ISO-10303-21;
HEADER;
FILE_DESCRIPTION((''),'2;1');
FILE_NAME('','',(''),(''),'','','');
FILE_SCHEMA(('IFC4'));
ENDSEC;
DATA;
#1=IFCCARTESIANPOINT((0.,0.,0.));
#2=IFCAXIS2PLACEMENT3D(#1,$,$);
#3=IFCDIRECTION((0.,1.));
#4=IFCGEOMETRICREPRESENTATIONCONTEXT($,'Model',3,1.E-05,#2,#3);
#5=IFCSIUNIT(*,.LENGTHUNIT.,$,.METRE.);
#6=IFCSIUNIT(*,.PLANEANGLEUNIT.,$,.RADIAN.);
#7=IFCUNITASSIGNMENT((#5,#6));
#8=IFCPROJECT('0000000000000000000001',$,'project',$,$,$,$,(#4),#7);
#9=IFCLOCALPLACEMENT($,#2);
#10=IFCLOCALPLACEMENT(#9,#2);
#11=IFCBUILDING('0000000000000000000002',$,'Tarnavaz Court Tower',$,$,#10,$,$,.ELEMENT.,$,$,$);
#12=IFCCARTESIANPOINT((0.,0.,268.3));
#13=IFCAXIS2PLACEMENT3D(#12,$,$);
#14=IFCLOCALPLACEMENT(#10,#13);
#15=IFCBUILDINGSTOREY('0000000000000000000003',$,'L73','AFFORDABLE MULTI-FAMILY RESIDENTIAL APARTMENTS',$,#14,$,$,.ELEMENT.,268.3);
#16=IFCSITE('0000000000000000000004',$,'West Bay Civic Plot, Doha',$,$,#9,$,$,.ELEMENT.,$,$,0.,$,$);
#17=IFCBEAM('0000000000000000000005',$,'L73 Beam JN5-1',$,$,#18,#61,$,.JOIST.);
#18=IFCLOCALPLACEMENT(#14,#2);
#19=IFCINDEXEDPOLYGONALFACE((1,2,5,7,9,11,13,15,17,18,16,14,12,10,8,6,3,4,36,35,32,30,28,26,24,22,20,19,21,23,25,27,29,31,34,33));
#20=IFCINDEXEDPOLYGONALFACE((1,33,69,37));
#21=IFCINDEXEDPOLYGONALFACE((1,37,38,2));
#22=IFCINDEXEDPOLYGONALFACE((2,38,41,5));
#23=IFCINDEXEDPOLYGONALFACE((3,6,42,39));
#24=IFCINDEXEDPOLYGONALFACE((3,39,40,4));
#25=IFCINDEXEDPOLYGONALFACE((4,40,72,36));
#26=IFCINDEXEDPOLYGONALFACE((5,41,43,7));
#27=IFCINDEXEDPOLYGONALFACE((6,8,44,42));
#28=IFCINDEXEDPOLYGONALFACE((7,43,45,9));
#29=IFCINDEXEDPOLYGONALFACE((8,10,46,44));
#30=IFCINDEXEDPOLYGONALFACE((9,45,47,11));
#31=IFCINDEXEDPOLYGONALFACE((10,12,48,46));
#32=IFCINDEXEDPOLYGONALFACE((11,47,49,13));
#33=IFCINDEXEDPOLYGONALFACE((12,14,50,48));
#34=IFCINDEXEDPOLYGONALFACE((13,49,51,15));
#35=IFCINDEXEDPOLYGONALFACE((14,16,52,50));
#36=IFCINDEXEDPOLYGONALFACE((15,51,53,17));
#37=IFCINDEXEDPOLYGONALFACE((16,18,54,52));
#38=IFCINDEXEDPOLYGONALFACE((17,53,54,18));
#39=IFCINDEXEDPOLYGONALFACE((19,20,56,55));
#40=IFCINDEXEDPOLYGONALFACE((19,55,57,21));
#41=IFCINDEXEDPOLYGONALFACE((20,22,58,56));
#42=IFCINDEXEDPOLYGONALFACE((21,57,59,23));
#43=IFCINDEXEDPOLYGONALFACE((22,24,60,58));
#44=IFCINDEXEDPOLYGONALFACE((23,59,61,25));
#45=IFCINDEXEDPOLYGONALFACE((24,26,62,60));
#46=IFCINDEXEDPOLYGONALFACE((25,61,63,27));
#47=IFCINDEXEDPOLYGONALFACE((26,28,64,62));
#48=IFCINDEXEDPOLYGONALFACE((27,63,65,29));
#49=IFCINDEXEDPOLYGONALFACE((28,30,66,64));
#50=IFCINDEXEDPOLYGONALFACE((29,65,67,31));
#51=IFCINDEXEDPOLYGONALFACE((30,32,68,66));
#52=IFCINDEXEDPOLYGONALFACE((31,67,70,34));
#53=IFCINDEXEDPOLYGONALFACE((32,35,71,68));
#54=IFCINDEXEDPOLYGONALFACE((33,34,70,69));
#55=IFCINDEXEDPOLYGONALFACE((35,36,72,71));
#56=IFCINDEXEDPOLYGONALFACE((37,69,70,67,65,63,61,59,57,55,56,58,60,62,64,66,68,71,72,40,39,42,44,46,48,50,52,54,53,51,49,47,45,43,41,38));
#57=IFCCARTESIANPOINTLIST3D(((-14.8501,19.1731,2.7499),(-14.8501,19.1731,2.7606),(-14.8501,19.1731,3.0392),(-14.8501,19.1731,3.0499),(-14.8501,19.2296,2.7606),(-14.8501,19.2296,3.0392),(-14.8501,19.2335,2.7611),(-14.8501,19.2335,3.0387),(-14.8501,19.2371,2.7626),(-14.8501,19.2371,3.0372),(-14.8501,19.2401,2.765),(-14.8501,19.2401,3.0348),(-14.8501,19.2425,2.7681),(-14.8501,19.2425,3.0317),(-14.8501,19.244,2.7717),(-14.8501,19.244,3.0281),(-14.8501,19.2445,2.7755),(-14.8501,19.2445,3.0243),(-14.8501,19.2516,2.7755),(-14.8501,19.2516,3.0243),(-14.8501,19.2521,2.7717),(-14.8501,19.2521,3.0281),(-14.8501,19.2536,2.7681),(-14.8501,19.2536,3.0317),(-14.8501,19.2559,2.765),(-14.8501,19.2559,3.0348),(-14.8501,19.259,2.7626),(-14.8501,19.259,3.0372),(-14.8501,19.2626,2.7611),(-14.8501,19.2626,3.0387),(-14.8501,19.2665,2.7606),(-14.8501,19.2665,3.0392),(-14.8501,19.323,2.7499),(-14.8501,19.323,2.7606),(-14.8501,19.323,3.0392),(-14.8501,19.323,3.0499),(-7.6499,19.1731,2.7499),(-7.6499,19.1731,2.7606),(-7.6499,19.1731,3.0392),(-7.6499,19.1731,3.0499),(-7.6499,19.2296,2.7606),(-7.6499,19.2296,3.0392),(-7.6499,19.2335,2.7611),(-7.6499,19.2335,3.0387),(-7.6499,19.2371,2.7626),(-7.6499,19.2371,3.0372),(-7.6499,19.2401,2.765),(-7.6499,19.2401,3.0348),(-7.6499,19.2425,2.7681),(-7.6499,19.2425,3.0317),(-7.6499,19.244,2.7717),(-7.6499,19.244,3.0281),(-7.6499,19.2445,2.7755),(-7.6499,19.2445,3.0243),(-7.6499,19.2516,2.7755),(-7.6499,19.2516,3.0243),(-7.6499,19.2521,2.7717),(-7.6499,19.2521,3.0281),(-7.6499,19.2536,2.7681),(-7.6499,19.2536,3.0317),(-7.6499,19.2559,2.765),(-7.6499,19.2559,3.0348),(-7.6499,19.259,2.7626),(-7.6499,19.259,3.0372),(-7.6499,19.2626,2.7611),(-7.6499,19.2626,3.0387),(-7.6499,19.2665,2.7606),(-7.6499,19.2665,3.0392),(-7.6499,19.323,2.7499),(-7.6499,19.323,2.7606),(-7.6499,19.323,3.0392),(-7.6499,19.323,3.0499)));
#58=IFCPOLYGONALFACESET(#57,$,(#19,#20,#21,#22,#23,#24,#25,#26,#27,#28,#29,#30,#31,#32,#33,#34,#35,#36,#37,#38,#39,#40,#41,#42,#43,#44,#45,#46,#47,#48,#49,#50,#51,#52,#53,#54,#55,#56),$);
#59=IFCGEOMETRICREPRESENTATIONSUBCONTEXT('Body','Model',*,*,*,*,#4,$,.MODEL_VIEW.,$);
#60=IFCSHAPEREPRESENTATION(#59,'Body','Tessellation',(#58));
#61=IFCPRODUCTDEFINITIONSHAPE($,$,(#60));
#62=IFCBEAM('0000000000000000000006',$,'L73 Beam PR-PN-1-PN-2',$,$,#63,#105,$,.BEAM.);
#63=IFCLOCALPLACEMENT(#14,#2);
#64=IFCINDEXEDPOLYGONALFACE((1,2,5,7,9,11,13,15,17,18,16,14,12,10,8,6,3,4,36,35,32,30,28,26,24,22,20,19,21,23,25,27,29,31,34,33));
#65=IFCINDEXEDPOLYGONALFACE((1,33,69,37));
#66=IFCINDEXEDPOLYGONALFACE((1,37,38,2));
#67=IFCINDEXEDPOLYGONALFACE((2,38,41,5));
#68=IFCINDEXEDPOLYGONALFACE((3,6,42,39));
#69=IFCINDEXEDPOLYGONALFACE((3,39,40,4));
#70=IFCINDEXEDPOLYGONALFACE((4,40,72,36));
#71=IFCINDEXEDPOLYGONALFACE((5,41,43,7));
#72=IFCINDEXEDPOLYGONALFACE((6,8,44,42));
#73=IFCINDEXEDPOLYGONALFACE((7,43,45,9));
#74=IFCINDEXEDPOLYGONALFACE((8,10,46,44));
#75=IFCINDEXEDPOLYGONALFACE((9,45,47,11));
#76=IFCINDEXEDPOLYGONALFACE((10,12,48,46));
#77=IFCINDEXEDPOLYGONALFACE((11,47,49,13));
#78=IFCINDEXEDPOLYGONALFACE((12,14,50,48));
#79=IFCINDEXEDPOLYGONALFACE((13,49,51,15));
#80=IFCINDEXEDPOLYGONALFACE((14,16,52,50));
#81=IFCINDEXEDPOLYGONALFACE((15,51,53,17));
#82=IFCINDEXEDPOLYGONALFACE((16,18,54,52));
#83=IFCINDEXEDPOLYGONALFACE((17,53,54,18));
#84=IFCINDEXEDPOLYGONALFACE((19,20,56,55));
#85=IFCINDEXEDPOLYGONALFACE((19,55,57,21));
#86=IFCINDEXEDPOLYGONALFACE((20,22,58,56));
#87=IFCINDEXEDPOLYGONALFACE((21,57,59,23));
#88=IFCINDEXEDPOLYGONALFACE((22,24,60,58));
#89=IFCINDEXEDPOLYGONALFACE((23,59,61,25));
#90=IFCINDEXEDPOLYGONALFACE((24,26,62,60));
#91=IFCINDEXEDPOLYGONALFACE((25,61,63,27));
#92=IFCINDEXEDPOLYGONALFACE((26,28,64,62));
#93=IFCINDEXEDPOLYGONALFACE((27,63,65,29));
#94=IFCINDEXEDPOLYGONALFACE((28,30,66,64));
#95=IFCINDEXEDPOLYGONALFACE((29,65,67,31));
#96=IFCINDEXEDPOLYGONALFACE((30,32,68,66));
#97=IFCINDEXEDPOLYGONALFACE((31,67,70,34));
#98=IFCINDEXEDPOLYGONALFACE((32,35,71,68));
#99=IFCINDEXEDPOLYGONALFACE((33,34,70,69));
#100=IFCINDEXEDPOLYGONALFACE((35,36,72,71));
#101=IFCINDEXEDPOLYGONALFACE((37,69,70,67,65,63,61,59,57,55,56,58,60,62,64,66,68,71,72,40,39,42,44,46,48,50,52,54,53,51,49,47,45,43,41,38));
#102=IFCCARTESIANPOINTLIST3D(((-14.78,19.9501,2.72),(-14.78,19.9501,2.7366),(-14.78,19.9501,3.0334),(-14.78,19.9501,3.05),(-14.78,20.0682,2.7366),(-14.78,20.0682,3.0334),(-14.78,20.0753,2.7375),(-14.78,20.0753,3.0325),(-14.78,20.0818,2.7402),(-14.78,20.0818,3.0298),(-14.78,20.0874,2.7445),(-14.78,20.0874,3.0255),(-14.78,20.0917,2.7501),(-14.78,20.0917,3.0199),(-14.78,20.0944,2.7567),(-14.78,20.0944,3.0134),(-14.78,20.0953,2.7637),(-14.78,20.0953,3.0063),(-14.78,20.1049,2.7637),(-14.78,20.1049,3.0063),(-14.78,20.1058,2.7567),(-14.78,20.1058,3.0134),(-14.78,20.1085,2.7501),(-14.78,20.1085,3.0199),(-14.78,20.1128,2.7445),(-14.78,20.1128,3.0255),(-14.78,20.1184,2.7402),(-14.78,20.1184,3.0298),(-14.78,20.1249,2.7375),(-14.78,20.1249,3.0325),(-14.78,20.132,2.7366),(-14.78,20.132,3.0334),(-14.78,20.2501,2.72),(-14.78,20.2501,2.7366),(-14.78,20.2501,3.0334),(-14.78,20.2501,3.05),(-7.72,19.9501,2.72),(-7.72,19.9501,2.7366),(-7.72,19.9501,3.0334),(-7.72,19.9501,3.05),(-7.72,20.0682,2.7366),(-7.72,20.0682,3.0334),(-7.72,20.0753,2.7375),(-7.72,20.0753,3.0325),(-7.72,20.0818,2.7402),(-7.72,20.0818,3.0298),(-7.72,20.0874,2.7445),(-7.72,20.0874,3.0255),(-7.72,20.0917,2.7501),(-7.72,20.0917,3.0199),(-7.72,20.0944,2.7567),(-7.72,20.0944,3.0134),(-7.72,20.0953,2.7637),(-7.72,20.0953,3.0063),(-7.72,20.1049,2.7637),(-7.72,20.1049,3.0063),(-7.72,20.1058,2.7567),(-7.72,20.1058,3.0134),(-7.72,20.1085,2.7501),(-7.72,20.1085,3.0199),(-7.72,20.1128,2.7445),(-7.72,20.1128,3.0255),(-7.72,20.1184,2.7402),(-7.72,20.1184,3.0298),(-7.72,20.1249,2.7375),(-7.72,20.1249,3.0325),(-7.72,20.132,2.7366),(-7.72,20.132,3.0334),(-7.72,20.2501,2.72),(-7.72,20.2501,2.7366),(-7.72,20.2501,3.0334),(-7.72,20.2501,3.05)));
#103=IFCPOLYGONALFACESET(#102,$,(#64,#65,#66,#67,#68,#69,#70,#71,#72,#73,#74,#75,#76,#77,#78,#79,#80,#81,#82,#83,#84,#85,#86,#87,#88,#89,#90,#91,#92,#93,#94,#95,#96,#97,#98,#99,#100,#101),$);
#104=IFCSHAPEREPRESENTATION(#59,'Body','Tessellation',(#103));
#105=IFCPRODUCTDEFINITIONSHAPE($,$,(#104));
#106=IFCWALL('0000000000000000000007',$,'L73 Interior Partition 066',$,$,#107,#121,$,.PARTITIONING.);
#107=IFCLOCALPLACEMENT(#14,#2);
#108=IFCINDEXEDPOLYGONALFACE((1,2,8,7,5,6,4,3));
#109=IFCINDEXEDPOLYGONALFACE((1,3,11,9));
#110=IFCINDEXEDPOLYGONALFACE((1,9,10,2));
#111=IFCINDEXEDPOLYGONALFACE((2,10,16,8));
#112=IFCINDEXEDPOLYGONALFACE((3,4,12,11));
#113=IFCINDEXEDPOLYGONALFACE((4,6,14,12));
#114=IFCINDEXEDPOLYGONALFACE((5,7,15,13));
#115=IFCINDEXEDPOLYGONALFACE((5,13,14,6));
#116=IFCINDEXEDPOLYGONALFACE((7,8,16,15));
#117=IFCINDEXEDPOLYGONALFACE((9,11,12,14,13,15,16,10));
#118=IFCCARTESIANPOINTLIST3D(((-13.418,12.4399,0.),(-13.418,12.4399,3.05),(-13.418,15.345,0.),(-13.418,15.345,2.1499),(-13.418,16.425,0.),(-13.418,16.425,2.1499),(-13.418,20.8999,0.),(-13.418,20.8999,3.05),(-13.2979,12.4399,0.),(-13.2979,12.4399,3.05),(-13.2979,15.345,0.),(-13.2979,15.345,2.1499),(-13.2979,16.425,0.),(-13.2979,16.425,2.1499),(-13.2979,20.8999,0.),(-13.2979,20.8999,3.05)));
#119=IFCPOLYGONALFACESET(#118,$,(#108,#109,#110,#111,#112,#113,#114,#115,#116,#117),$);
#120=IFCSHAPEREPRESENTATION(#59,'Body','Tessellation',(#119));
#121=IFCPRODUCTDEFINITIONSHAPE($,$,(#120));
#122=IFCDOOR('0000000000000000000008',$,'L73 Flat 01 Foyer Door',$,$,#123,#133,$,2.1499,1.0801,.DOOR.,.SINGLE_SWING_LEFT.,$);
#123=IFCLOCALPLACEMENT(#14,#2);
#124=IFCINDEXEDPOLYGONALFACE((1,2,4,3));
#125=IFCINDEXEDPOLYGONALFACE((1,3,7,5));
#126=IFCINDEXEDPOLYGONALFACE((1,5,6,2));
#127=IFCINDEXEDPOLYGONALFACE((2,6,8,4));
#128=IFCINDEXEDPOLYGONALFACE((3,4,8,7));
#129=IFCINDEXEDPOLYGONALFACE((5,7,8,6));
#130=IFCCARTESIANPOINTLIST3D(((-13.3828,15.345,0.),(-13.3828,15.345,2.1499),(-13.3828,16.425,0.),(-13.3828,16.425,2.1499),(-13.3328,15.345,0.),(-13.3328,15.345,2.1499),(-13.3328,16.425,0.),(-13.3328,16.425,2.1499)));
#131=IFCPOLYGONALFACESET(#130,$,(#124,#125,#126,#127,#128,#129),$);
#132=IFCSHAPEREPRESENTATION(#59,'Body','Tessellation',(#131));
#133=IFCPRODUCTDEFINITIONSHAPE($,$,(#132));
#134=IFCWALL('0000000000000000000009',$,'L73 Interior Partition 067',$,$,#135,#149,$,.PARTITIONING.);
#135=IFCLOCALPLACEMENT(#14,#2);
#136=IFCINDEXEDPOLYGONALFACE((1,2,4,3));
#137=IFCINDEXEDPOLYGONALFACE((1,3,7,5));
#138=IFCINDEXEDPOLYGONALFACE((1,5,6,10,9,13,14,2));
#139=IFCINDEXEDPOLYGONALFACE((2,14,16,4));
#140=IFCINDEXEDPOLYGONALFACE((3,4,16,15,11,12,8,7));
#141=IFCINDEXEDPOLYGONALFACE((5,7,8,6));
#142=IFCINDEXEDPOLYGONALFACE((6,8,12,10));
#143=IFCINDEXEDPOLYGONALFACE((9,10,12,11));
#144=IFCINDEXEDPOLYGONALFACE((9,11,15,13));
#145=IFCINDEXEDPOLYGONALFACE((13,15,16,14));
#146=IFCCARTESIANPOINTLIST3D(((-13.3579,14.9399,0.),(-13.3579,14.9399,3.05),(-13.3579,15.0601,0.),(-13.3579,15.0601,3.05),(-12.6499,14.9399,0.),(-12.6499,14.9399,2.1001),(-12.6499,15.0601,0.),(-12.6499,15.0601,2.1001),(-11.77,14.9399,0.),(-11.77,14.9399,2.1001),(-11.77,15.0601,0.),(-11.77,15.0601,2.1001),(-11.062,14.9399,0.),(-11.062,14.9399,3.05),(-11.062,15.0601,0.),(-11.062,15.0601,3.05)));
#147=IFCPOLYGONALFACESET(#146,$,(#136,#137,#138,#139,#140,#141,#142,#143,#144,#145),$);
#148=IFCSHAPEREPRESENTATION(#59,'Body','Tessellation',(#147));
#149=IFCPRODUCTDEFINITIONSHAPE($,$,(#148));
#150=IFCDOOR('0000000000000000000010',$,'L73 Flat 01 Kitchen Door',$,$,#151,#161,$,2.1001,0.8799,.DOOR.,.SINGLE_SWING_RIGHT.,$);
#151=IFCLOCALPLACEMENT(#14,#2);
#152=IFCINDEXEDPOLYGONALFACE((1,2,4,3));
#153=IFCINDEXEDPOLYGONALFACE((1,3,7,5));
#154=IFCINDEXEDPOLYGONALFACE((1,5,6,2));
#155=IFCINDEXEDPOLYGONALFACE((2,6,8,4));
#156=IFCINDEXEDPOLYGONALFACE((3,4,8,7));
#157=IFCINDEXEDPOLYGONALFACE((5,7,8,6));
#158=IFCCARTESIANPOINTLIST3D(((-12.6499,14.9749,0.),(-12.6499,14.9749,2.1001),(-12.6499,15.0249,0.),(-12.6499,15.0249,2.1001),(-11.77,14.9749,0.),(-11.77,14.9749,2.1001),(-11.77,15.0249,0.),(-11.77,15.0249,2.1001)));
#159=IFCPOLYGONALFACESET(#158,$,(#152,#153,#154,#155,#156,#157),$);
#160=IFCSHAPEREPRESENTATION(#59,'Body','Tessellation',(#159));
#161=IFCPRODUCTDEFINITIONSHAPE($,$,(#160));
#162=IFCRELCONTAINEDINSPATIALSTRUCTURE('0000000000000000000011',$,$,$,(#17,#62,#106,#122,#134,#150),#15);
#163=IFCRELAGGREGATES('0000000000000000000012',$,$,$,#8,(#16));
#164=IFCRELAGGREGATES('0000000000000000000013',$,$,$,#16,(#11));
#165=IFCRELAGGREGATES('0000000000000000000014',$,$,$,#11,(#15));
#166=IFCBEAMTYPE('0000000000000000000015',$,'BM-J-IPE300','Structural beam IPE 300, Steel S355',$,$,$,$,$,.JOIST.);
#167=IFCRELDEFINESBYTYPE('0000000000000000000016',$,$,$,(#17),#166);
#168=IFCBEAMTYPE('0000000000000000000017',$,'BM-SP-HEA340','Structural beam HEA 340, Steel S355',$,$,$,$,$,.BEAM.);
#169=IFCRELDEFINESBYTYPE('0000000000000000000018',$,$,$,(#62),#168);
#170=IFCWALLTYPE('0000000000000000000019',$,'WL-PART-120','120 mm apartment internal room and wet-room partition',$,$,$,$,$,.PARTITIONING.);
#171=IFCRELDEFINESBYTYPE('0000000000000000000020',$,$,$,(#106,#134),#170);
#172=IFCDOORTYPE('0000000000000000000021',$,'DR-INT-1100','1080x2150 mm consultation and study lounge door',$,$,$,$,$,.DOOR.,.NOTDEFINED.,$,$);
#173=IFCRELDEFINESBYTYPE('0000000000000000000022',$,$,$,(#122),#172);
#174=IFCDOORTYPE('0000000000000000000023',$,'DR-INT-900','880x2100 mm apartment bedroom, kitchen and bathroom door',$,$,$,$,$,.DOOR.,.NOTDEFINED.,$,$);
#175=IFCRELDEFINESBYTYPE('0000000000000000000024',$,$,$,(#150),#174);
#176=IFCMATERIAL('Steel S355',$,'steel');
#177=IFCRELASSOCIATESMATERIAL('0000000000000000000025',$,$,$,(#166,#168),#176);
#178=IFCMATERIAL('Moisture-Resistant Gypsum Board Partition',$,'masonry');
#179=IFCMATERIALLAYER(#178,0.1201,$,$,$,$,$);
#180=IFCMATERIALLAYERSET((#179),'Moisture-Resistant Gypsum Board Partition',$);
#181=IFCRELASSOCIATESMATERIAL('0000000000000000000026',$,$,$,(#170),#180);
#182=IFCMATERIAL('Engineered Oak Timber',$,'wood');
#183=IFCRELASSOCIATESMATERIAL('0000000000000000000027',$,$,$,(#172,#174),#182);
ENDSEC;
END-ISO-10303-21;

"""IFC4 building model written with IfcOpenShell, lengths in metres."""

from ifc_helpers import new_model, si_unit, direction, frame, frame_2d, origin, origin_2d, place, context, subcontext, project, spatial, rectangle, i_section, extrude, material, layer, layer_set, material_profile, profile_set, type_object, element, fill, save


model = new_model("IFC4")

# Units and contexts
model_context = context("Model", 3, precision=1e-05, world=origin(), true_north=direction((0.0, 1.0)))
body_context = subcontext(model_context, "Body", "Model", "MODEL_VIEW")
ifc_project = project(units=[si_unit("LENGTHUNIT", "METRE"), si_unit("PLANEANGLEUNIT", "RADIAN")], contexts=[model_context])

# Site, building, storey
site_placement = place(None, origin())
site = spatial("IfcSite", under=ifc_project, at=site_placement, Name="West Bay Civic Plot, Doha", CompositionType="ELEMENT", RefElevation=0.0)
building_placement = place(site_placement, origin())
building = spatial("IfcBuilding", under=site, at=building_placement, Name="Tarnavaz Court Tower", CompositionType="ELEMENT")
storey_placement = place(building_placement, frame((0.0, 0.0, 268.3)))
storey = spatial("IfcBuildingStorey", under=building, at=storey_placement, Name="L73", Description="AFFORDABLE MULTI-FAMILY RESIDENTIAL APARTMENTS", CompositionType="ELEMENT", Elevation=268.3)

# Beams
ifc_material_1 = material(Name="Steel S355", Category="steel")
ifc_material_profile_1 = material_profile(ifc_material_1, i_section(OverallWidth=0.1499, OverallDepth=0.3, WebThickness=0.0071, FlangeThickness=0.0107, FilletRadius=0.0149, at=origin_2d()), Name="IPE 300")
ifc_profile_set_1 = profile_set([ifc_material_profile_1], Name="Steel S355")
beam_type_1 = type_object("IfcBeamType", Name="BM-J-IPE300", Description="Structural beam IPE 300, Steel S355", PredefinedType="JOIST", material=ifc_profile_set_1)
for number, where, z_axis, x_axis, name in (
    (1, (-14.8501, 19.248, 2.8999), (1.0, 0.0, 0.0), (0.0, 1.0, 0.0), "L73 Beam JN5-1"),
):
    element("IfcBeam", number, at=place(storey_placement, frame(where, z_axis=z_axis, x_axis=x_axis)), inside=storey, type_object=beam_type_1, Name=name, PredefinedType="JOIST", context=body_context, shape_type="SweptSolid", body=[
        extrude(i_section(OverallWidth=0.1499, OverallDepth=0.3, WebThickness=0.0071, FlangeThickness=0.0107, FilletRadius=0.0149, at=origin_2d()), origin(), (0.0, 0.0, 1.0), 7.2002),
    ])
ifc_material_profile_2 = material_profile(ifc_material_1, i_section(OverallWidth=0.3, OverallDepth=0.3301, WebThickness=0.0095, FlangeThickness=0.0166, FilletRadius=0.0271, at=origin_2d()), Name="HEA 340")
ifc_profile_set_2 = profile_set([ifc_material_profile_2], Name="Steel S355")
beam_type_2 = type_object("IfcBeamType", Name="BM-SP-HEA340", Description="Structural beam HEA 340, Steel S355", PredefinedType="BEAM", material=ifc_profile_set_2)
beam_placement = place(storey_placement, frame((-14.78, 20.1001, 2.885), z_axis=(1.0, 0.0, 0.0), x_axis=(0.0, 1.0, 0.0)))
element("IfcBeam", 2, at=beam_placement, inside=storey, type_object=beam_type_2, Name="L73 Beam PR-PN-1-PN-2", PredefinedType="BEAM", context=body_context, shape_type="SweptSolid", body=[
    extrude(i_section(OverallWidth=0.3, OverallDepth=0.3301, WebThickness=0.0095, FlangeThickness=0.0166, FilletRadius=0.0271, at=origin_2d()), origin(), (0.0, 0.0, 1.0), 7.0601),
])

# Walls, openings, doors
ifc_material_2 = material(Name="Moisture-Resistant Gypsum Board Partition", Category="masonry")
ifc_layer = layer(ifc_material_2, 0.1201)
ifc_layer_set = layer_set([ifc_layer], Name="Moisture-Resistant Gypsum Board Partition")
wall_type = type_object("IfcWallType", Name="WL-PART-120", Description="120 mm apartment internal room and wet-room partition", PredefinedType="PARTITIONING", material=ifc_layer_set)
wall_1_placement = place(storey_placement, frame((-13.3579, 12.4399, 0.0), z_axis=(0.0, 0.0, 1.0), x_axis=(0.0, 1.0, 0.0)))
wall_1 = element("IfcWall", 3, at=wall_1_placement, inside=storey, type_object=wall_type, Name="L73 Interior Partition 066", PredefinedType="PARTITIONING", context=body_context, shape_type="SweptSolid", body=[
    extrude(rectangle(XDim=8.46, YDim=0.1201, at=frame_2d((4.23, 0.0))), origin(), (0.0, 0.0, 1.0), 3.05),
])
opening_1_placement = place(wall_1_placement, frame((2.905, 0.0, 0.0)))
opening_1 = element("IfcOpeningElement", 4, at=opening_1_placement, cuts=wall_1, PredefinedType="OPENING", context=body_context, shape_type="SweptSolid", body=[
    extrude(rectangle(XDim=1.0801, YDim=2.1499, at=frame_2d((0.54, 1.075))), frame((0.0, 0.0701, 0.0), z_axis=(0.0, -1.0, 0.0), x_axis=(1.0, 0.0, 0.0)), (0.0, 0.0, 1.0), 0.1401),
])
ifc_material_3 = material(Name="Engineered Oak Timber", Category="wood")
door_type_1 = type_object("IfcDoorType", Name="DR-INT-1100", Description="1080x2150 mm consultation and study lounge door", OperationType="NOTDEFINED", PredefinedType="DOOR", material=ifc_material_3)
door_1_placement = place(opening_1_placement, origin())
door_1 = element("IfcDoor", 5, at=door_1_placement, inside=storey, type_object=door_type_1, Name="L73 Flat 01 Foyer Door", OperationType="SINGLE_SWING_LEFT", OverallHeight=2.1499, OverallWidth=1.0801, PredefinedType="DOOR", context=body_context, shape_type="SweptSolid", body=[
    extrude(rectangle(XDim=1.0801, YDim=2.1499, at=frame_2d((0.54, 1.075))), frame((0.0, 0.0249, 0.0), z_axis=(0.0, -1.0, 0.0), x_axis=(1.0, 0.0, 0.0)), (0.0, 0.0, 1.0), 0.05),
])
fill(opening_1, door_1)
wall_2_placement = place(storey_placement, frame((-13.3579, 15.0, 0.0), z_axis=(0.0, 0.0, 1.0), x_axis=(1.0, 0.0, 0.0)))
wall_2 = element("IfcWall", 6, at=wall_2_placement, inside=storey, type_object=wall_type, Name="L73 Interior Partition 067", PredefinedType="PARTITIONING", context=body_context, shape_type="SweptSolid", body=[
    extrude(rectangle(XDim=2.2959, YDim=0.1201, at=frame_2d((1.1479, 0.0))), origin(), (0.0, 0.0, 1.0), 3.05),
])
opening_2_placement = place(wall_2_placement, frame((0.708, 0.0, 0.0)))
opening_2 = element("IfcOpeningElement", 7, at=opening_2_placement, cuts=wall_2, PredefinedType="OPENING", context=body_context, shape_type="SweptSolid", body=[
    extrude(rectangle(XDim=0.8799, YDim=2.1001, at=frame_2d((0.4399, 1.05))), frame((0.0, 0.0701, 0.0), z_axis=(0.0, -1.0, 0.0), x_axis=(1.0, 0.0, 0.0)), (0.0, 0.0, 1.0), 0.1401),
])
door_type_2 = type_object("IfcDoorType", Name="DR-INT-900", Description="880x2100 mm apartment bedroom, kitchen and bathroom door", OperationType="NOTDEFINED", PredefinedType="DOOR", material=ifc_material_3)
door_2_placement = place(opening_2_placement, origin())
door_2 = element("IfcDoor", 8, at=door_2_placement, inside=storey, type_object=door_type_2, Name="L73 Flat 01 Kitchen Door", OperationType="SINGLE_SWING_RIGHT", OverallHeight=2.1001, OverallWidth=0.8799, PredefinedType="DOOR", context=body_context, shape_type="SweptSolid", body=[
    extrude(rectangle(XDim=0.8799, YDim=2.1001, at=frame_2d((0.4399, 1.05))), frame((0.0, 0.0249, 0.0), z_axis=(0.0, -1.0, 0.0), x_axis=(1.0, 0.0, 0.0)), (0.0, 0.0, 1.0), 0.05),
])
fill(opening_2, door_2)

save(model, "model.ifc")
